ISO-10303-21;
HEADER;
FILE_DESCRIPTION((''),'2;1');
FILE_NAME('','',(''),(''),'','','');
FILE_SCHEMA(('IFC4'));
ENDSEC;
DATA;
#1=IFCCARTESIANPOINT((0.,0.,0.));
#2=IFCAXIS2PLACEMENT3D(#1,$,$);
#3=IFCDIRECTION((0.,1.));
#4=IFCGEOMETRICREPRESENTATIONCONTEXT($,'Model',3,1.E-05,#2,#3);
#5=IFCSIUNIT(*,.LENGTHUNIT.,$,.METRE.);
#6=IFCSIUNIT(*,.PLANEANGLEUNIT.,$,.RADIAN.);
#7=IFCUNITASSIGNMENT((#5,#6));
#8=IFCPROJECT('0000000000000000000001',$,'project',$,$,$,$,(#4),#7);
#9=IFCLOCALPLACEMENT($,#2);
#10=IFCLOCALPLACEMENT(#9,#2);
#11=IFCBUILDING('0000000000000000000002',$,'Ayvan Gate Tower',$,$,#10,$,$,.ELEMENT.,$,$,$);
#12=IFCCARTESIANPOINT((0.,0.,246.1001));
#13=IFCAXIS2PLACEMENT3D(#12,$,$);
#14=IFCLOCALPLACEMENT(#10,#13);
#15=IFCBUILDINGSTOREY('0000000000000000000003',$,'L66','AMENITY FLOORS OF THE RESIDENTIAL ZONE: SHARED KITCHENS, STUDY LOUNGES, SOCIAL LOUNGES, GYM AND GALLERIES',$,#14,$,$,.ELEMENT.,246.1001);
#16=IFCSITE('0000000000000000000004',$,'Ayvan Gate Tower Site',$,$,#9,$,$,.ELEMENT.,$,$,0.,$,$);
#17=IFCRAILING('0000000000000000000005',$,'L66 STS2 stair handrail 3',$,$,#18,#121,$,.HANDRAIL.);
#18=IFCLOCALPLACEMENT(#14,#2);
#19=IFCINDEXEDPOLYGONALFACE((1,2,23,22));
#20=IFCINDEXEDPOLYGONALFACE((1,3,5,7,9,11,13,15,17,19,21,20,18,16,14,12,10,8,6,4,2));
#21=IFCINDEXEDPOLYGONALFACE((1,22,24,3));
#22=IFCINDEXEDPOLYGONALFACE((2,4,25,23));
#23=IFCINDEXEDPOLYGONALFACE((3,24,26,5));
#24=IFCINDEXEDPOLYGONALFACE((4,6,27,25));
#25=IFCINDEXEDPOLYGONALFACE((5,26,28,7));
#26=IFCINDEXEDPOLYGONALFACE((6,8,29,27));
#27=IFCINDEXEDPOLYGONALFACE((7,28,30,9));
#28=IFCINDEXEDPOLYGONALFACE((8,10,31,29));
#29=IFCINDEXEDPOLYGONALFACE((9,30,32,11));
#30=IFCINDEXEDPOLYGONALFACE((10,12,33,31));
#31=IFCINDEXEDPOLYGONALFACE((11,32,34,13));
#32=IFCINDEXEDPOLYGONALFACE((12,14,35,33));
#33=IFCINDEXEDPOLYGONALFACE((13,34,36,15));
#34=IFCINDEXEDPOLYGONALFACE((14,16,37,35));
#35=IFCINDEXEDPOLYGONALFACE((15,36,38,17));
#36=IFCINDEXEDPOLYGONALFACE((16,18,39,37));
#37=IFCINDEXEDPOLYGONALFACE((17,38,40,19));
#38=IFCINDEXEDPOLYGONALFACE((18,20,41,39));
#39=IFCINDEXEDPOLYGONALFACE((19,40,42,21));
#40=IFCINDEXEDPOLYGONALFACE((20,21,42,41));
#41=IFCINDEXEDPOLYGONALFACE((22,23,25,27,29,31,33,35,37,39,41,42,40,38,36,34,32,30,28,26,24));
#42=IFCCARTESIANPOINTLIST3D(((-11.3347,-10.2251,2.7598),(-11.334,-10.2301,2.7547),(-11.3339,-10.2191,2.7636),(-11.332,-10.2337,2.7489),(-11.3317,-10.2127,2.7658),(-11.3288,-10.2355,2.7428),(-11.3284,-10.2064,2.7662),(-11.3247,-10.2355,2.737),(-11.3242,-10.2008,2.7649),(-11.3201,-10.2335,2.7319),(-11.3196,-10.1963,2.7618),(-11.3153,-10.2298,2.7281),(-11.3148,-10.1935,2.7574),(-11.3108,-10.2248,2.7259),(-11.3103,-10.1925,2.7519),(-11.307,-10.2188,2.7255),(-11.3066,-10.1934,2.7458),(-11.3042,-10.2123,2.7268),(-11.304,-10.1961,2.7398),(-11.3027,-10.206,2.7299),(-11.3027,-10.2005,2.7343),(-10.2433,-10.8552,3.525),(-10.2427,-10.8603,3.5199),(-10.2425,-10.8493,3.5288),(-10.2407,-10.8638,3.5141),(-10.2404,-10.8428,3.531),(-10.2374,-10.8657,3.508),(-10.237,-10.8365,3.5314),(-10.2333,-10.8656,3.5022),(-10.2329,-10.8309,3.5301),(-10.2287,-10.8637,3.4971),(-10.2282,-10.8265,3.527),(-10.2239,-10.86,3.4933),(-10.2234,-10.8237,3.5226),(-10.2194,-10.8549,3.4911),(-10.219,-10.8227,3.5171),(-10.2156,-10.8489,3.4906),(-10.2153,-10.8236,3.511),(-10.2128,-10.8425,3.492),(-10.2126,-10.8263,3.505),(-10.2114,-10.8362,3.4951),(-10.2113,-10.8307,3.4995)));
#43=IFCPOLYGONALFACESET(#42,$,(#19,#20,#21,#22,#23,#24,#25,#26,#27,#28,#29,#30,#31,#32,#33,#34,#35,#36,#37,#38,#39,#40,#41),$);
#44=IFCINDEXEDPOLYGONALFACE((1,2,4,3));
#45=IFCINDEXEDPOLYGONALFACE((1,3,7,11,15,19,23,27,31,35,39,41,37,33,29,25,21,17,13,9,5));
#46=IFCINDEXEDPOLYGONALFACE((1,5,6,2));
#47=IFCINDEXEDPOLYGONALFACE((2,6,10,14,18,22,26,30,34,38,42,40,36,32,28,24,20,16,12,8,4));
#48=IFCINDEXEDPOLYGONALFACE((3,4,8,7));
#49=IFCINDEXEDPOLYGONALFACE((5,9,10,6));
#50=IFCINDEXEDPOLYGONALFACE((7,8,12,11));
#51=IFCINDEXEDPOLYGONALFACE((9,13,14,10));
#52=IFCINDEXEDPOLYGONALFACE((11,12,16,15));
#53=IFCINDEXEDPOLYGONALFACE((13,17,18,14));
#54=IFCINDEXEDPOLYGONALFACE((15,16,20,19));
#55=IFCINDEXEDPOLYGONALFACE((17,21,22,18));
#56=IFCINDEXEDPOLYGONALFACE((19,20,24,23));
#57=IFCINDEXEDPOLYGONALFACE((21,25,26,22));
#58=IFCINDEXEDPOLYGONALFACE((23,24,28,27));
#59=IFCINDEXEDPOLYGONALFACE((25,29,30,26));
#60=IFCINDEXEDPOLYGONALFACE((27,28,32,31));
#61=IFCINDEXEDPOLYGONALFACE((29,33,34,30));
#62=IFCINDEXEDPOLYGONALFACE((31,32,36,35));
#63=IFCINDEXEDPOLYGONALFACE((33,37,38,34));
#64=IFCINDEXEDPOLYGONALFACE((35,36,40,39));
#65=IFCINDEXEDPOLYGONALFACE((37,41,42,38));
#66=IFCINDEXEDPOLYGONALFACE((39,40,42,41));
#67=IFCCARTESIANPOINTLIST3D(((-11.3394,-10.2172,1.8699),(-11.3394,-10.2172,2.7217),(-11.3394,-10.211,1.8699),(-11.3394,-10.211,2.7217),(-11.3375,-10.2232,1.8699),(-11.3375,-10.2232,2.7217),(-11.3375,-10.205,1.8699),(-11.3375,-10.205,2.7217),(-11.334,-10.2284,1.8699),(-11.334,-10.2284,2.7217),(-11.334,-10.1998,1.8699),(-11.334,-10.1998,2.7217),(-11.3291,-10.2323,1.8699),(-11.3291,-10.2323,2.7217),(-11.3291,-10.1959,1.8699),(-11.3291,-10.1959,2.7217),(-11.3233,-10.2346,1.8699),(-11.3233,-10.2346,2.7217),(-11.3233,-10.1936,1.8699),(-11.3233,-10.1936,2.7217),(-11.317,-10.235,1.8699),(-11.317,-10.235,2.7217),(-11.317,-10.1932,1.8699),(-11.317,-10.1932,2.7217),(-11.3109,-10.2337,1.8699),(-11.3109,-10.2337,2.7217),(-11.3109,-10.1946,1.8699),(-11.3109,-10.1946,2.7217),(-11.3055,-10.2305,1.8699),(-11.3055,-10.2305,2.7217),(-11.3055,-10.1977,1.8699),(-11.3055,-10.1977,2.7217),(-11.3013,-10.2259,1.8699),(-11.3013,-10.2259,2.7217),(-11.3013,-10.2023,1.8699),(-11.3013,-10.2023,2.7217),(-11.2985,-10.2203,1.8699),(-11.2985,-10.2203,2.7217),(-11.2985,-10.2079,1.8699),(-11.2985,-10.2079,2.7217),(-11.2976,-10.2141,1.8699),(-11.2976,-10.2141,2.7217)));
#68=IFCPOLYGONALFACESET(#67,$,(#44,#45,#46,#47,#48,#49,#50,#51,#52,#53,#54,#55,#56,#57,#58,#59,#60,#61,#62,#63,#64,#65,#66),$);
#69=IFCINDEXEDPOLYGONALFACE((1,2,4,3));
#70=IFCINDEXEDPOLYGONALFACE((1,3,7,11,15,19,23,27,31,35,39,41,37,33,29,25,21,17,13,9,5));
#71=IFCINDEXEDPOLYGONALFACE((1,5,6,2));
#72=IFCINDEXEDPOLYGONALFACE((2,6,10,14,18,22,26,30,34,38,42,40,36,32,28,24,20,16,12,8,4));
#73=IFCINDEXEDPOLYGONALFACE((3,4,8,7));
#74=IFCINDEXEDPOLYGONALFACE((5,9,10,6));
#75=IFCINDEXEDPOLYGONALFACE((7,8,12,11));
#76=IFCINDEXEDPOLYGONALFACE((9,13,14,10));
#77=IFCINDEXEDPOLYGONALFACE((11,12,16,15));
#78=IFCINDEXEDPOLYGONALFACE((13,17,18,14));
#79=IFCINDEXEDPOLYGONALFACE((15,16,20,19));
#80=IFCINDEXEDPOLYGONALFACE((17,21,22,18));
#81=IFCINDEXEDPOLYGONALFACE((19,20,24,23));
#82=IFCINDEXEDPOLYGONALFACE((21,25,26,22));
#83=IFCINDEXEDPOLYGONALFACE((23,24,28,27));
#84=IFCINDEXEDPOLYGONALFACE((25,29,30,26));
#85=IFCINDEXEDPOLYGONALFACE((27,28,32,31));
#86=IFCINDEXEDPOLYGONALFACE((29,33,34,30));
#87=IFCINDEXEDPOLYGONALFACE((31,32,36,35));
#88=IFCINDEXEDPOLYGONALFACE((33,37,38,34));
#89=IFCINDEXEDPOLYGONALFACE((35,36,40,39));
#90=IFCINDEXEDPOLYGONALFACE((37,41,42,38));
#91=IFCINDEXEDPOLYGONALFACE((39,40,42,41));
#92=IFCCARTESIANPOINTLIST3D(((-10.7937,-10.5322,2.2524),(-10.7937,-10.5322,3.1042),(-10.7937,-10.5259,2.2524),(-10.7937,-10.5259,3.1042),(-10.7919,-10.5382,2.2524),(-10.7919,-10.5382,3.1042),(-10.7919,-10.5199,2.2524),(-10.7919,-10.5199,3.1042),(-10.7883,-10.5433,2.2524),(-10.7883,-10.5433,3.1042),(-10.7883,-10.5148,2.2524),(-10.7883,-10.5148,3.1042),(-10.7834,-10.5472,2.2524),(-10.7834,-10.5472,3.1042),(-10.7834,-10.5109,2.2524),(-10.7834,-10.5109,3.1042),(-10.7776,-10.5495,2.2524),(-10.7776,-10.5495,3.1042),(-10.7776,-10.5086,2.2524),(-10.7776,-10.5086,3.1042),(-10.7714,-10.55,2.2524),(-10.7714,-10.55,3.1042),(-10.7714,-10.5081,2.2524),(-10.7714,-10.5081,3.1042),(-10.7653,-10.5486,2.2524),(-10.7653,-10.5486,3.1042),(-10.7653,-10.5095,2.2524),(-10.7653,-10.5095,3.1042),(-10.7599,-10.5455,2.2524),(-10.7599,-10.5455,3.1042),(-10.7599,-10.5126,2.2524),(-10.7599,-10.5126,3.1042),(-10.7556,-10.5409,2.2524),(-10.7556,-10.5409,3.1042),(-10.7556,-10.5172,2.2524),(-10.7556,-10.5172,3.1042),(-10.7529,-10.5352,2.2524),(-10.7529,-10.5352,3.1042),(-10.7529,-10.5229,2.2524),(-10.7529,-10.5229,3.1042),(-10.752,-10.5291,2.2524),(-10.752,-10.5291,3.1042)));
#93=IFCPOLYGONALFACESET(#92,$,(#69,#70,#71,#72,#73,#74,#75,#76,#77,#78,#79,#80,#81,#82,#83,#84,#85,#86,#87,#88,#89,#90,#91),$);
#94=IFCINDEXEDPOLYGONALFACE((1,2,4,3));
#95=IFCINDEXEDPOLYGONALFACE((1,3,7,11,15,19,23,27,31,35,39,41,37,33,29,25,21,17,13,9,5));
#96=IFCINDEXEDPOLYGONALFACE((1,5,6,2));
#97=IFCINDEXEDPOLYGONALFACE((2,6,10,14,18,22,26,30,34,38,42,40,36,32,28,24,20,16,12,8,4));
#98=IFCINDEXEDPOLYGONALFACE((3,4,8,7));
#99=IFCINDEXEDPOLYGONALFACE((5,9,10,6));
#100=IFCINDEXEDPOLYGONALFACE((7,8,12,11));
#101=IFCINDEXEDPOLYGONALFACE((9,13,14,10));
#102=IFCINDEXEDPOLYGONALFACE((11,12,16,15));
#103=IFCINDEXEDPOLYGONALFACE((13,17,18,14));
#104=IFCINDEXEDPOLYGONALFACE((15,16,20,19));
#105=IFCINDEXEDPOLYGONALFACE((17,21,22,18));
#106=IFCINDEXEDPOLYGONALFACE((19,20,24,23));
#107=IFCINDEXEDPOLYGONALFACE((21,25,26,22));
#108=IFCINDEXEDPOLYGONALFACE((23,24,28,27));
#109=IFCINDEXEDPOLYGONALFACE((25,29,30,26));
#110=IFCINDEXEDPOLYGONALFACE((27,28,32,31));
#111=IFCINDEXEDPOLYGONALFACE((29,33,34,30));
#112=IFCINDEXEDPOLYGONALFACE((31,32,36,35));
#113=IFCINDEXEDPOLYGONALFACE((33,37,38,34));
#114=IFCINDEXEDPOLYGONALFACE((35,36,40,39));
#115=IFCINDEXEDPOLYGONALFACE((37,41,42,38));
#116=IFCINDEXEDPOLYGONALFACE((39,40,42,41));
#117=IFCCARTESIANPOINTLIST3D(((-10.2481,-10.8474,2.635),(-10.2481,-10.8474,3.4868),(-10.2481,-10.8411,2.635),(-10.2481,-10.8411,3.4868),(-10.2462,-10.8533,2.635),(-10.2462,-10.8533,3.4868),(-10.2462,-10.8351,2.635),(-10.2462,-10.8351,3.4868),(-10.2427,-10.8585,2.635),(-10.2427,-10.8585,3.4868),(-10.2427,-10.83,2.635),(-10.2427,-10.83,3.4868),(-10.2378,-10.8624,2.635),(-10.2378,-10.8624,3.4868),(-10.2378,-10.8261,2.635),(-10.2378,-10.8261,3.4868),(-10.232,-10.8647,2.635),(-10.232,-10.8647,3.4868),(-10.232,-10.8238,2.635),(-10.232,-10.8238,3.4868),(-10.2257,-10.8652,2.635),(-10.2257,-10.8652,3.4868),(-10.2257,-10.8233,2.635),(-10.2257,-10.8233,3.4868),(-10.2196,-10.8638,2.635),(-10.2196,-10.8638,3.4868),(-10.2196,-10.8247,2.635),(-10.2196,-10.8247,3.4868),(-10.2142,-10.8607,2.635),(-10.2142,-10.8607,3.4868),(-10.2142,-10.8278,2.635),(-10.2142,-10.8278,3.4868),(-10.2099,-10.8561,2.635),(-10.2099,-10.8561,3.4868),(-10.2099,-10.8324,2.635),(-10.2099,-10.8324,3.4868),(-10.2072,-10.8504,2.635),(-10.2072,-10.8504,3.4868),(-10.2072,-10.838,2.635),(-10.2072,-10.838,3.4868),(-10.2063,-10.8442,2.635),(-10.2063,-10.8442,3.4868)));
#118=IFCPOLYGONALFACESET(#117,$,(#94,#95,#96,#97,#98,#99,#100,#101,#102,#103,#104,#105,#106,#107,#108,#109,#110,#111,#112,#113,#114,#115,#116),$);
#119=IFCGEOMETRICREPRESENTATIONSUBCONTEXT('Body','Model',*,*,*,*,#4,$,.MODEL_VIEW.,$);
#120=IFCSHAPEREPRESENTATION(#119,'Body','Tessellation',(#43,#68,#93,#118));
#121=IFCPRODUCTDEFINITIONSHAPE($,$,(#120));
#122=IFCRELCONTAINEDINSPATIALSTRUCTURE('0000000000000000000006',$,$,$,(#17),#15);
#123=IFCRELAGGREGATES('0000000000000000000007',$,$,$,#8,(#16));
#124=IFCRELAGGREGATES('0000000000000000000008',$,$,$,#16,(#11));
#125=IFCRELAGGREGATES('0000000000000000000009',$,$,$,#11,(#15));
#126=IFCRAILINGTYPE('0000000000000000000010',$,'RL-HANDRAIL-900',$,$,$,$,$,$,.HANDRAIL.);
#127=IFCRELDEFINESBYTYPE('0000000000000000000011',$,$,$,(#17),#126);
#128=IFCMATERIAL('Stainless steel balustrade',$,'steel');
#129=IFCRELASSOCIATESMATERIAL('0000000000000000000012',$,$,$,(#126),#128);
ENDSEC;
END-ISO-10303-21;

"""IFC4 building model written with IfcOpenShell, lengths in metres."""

from ifc_helpers import new_model, si_unit, direction, frame, origin, origin_2d, place, context, subcontext, project, spatial, circle, extrude, material, type_object, element, save


model = new_model("IFC4")

# Units and contexts
model_context = context("Model", 3, precision=1e-05, world=origin(), true_north=direction((0.0, 1.0)))
body_context = subcontext(model_context, "Body", "Model", "MODEL_VIEW")
ifc_project = project(units=[si_unit("LENGTHUNIT", "METRE"), si_unit("PLANEANGLEUNIT", "RADIAN")], contexts=[model_context])

# Site, building, storey
site_placement = place(None, origin())
site = spatial("IfcSite", under=ifc_project, at=site_placement, Name="Ayvan Gate Tower Site", CompositionType="ELEMENT", RefElevation=0.0)
building_placement = place(site_placement, origin())
building = spatial("IfcBuilding", under=site, at=building_placement, Name="Ayvan Gate Tower", CompositionType="ELEMENT")
storey_placement = place(building_placement, frame((0.0, 0.0, 246.1001)))
storey = spatial("IfcBuildingStorey", under=building, at=storey_placement, Name="L66", Description="AMENITY FLOORS OF THE RESIDENTIAL ZONE: SHARED KITCHENS, STUDY LOUNGES, SOCIAL LOUNGES, GYM AND GALLERIES", CompositionType="ELEMENT", Elevation=246.1001)

# Railing
ifc_material_1 = material(Name="Stainless steel balustrade", Category="steel")
railing_type_1 = type_object("IfcRailingType", Name="RL-HANDRAIL-900", PredefinedType="HANDRAIL", material=ifc_material_1)
railing_1_placement = place(storey_placement, frame((-11.3186, -10.2141, 1.8699)))
element("IfcRailing", 1, at=railing_1_placement, inside=storey, type_object=railing_type_1, Name="L66 STS2 stair handrail 3", PredefinedType="HANDRAIL", context=body_context, shape_type="SweptSolid", body=[
    extrude(circle(Radius=0.0239, at=origin_2d()), frame((0.0, 0.0, 0.876), z_axis=(0.740241, -0.427419, 0.518996), x_axis=(0.500035, 0.866005, 0.0)), (0.0, 0.0, 1.0), 1.4744),
    extrude(circle(Radius=0.021, at=origin_2d()), origin(), (0.0, 0.0, 1.0), 0.8518),
    extrude(circle(Radius=0.021, at=origin_2d()), frame((0.5457, -0.3149, 0.3826)), (0.0, 0.0, 1.0), 0.8518),
    extrude(circle(Radius=0.021, at=origin_2d()), frame((1.0913, -0.6301, 0.7651)), (0.0, 0.0, 1.0), 0.8518),
])

save(model, "model.ifc")
